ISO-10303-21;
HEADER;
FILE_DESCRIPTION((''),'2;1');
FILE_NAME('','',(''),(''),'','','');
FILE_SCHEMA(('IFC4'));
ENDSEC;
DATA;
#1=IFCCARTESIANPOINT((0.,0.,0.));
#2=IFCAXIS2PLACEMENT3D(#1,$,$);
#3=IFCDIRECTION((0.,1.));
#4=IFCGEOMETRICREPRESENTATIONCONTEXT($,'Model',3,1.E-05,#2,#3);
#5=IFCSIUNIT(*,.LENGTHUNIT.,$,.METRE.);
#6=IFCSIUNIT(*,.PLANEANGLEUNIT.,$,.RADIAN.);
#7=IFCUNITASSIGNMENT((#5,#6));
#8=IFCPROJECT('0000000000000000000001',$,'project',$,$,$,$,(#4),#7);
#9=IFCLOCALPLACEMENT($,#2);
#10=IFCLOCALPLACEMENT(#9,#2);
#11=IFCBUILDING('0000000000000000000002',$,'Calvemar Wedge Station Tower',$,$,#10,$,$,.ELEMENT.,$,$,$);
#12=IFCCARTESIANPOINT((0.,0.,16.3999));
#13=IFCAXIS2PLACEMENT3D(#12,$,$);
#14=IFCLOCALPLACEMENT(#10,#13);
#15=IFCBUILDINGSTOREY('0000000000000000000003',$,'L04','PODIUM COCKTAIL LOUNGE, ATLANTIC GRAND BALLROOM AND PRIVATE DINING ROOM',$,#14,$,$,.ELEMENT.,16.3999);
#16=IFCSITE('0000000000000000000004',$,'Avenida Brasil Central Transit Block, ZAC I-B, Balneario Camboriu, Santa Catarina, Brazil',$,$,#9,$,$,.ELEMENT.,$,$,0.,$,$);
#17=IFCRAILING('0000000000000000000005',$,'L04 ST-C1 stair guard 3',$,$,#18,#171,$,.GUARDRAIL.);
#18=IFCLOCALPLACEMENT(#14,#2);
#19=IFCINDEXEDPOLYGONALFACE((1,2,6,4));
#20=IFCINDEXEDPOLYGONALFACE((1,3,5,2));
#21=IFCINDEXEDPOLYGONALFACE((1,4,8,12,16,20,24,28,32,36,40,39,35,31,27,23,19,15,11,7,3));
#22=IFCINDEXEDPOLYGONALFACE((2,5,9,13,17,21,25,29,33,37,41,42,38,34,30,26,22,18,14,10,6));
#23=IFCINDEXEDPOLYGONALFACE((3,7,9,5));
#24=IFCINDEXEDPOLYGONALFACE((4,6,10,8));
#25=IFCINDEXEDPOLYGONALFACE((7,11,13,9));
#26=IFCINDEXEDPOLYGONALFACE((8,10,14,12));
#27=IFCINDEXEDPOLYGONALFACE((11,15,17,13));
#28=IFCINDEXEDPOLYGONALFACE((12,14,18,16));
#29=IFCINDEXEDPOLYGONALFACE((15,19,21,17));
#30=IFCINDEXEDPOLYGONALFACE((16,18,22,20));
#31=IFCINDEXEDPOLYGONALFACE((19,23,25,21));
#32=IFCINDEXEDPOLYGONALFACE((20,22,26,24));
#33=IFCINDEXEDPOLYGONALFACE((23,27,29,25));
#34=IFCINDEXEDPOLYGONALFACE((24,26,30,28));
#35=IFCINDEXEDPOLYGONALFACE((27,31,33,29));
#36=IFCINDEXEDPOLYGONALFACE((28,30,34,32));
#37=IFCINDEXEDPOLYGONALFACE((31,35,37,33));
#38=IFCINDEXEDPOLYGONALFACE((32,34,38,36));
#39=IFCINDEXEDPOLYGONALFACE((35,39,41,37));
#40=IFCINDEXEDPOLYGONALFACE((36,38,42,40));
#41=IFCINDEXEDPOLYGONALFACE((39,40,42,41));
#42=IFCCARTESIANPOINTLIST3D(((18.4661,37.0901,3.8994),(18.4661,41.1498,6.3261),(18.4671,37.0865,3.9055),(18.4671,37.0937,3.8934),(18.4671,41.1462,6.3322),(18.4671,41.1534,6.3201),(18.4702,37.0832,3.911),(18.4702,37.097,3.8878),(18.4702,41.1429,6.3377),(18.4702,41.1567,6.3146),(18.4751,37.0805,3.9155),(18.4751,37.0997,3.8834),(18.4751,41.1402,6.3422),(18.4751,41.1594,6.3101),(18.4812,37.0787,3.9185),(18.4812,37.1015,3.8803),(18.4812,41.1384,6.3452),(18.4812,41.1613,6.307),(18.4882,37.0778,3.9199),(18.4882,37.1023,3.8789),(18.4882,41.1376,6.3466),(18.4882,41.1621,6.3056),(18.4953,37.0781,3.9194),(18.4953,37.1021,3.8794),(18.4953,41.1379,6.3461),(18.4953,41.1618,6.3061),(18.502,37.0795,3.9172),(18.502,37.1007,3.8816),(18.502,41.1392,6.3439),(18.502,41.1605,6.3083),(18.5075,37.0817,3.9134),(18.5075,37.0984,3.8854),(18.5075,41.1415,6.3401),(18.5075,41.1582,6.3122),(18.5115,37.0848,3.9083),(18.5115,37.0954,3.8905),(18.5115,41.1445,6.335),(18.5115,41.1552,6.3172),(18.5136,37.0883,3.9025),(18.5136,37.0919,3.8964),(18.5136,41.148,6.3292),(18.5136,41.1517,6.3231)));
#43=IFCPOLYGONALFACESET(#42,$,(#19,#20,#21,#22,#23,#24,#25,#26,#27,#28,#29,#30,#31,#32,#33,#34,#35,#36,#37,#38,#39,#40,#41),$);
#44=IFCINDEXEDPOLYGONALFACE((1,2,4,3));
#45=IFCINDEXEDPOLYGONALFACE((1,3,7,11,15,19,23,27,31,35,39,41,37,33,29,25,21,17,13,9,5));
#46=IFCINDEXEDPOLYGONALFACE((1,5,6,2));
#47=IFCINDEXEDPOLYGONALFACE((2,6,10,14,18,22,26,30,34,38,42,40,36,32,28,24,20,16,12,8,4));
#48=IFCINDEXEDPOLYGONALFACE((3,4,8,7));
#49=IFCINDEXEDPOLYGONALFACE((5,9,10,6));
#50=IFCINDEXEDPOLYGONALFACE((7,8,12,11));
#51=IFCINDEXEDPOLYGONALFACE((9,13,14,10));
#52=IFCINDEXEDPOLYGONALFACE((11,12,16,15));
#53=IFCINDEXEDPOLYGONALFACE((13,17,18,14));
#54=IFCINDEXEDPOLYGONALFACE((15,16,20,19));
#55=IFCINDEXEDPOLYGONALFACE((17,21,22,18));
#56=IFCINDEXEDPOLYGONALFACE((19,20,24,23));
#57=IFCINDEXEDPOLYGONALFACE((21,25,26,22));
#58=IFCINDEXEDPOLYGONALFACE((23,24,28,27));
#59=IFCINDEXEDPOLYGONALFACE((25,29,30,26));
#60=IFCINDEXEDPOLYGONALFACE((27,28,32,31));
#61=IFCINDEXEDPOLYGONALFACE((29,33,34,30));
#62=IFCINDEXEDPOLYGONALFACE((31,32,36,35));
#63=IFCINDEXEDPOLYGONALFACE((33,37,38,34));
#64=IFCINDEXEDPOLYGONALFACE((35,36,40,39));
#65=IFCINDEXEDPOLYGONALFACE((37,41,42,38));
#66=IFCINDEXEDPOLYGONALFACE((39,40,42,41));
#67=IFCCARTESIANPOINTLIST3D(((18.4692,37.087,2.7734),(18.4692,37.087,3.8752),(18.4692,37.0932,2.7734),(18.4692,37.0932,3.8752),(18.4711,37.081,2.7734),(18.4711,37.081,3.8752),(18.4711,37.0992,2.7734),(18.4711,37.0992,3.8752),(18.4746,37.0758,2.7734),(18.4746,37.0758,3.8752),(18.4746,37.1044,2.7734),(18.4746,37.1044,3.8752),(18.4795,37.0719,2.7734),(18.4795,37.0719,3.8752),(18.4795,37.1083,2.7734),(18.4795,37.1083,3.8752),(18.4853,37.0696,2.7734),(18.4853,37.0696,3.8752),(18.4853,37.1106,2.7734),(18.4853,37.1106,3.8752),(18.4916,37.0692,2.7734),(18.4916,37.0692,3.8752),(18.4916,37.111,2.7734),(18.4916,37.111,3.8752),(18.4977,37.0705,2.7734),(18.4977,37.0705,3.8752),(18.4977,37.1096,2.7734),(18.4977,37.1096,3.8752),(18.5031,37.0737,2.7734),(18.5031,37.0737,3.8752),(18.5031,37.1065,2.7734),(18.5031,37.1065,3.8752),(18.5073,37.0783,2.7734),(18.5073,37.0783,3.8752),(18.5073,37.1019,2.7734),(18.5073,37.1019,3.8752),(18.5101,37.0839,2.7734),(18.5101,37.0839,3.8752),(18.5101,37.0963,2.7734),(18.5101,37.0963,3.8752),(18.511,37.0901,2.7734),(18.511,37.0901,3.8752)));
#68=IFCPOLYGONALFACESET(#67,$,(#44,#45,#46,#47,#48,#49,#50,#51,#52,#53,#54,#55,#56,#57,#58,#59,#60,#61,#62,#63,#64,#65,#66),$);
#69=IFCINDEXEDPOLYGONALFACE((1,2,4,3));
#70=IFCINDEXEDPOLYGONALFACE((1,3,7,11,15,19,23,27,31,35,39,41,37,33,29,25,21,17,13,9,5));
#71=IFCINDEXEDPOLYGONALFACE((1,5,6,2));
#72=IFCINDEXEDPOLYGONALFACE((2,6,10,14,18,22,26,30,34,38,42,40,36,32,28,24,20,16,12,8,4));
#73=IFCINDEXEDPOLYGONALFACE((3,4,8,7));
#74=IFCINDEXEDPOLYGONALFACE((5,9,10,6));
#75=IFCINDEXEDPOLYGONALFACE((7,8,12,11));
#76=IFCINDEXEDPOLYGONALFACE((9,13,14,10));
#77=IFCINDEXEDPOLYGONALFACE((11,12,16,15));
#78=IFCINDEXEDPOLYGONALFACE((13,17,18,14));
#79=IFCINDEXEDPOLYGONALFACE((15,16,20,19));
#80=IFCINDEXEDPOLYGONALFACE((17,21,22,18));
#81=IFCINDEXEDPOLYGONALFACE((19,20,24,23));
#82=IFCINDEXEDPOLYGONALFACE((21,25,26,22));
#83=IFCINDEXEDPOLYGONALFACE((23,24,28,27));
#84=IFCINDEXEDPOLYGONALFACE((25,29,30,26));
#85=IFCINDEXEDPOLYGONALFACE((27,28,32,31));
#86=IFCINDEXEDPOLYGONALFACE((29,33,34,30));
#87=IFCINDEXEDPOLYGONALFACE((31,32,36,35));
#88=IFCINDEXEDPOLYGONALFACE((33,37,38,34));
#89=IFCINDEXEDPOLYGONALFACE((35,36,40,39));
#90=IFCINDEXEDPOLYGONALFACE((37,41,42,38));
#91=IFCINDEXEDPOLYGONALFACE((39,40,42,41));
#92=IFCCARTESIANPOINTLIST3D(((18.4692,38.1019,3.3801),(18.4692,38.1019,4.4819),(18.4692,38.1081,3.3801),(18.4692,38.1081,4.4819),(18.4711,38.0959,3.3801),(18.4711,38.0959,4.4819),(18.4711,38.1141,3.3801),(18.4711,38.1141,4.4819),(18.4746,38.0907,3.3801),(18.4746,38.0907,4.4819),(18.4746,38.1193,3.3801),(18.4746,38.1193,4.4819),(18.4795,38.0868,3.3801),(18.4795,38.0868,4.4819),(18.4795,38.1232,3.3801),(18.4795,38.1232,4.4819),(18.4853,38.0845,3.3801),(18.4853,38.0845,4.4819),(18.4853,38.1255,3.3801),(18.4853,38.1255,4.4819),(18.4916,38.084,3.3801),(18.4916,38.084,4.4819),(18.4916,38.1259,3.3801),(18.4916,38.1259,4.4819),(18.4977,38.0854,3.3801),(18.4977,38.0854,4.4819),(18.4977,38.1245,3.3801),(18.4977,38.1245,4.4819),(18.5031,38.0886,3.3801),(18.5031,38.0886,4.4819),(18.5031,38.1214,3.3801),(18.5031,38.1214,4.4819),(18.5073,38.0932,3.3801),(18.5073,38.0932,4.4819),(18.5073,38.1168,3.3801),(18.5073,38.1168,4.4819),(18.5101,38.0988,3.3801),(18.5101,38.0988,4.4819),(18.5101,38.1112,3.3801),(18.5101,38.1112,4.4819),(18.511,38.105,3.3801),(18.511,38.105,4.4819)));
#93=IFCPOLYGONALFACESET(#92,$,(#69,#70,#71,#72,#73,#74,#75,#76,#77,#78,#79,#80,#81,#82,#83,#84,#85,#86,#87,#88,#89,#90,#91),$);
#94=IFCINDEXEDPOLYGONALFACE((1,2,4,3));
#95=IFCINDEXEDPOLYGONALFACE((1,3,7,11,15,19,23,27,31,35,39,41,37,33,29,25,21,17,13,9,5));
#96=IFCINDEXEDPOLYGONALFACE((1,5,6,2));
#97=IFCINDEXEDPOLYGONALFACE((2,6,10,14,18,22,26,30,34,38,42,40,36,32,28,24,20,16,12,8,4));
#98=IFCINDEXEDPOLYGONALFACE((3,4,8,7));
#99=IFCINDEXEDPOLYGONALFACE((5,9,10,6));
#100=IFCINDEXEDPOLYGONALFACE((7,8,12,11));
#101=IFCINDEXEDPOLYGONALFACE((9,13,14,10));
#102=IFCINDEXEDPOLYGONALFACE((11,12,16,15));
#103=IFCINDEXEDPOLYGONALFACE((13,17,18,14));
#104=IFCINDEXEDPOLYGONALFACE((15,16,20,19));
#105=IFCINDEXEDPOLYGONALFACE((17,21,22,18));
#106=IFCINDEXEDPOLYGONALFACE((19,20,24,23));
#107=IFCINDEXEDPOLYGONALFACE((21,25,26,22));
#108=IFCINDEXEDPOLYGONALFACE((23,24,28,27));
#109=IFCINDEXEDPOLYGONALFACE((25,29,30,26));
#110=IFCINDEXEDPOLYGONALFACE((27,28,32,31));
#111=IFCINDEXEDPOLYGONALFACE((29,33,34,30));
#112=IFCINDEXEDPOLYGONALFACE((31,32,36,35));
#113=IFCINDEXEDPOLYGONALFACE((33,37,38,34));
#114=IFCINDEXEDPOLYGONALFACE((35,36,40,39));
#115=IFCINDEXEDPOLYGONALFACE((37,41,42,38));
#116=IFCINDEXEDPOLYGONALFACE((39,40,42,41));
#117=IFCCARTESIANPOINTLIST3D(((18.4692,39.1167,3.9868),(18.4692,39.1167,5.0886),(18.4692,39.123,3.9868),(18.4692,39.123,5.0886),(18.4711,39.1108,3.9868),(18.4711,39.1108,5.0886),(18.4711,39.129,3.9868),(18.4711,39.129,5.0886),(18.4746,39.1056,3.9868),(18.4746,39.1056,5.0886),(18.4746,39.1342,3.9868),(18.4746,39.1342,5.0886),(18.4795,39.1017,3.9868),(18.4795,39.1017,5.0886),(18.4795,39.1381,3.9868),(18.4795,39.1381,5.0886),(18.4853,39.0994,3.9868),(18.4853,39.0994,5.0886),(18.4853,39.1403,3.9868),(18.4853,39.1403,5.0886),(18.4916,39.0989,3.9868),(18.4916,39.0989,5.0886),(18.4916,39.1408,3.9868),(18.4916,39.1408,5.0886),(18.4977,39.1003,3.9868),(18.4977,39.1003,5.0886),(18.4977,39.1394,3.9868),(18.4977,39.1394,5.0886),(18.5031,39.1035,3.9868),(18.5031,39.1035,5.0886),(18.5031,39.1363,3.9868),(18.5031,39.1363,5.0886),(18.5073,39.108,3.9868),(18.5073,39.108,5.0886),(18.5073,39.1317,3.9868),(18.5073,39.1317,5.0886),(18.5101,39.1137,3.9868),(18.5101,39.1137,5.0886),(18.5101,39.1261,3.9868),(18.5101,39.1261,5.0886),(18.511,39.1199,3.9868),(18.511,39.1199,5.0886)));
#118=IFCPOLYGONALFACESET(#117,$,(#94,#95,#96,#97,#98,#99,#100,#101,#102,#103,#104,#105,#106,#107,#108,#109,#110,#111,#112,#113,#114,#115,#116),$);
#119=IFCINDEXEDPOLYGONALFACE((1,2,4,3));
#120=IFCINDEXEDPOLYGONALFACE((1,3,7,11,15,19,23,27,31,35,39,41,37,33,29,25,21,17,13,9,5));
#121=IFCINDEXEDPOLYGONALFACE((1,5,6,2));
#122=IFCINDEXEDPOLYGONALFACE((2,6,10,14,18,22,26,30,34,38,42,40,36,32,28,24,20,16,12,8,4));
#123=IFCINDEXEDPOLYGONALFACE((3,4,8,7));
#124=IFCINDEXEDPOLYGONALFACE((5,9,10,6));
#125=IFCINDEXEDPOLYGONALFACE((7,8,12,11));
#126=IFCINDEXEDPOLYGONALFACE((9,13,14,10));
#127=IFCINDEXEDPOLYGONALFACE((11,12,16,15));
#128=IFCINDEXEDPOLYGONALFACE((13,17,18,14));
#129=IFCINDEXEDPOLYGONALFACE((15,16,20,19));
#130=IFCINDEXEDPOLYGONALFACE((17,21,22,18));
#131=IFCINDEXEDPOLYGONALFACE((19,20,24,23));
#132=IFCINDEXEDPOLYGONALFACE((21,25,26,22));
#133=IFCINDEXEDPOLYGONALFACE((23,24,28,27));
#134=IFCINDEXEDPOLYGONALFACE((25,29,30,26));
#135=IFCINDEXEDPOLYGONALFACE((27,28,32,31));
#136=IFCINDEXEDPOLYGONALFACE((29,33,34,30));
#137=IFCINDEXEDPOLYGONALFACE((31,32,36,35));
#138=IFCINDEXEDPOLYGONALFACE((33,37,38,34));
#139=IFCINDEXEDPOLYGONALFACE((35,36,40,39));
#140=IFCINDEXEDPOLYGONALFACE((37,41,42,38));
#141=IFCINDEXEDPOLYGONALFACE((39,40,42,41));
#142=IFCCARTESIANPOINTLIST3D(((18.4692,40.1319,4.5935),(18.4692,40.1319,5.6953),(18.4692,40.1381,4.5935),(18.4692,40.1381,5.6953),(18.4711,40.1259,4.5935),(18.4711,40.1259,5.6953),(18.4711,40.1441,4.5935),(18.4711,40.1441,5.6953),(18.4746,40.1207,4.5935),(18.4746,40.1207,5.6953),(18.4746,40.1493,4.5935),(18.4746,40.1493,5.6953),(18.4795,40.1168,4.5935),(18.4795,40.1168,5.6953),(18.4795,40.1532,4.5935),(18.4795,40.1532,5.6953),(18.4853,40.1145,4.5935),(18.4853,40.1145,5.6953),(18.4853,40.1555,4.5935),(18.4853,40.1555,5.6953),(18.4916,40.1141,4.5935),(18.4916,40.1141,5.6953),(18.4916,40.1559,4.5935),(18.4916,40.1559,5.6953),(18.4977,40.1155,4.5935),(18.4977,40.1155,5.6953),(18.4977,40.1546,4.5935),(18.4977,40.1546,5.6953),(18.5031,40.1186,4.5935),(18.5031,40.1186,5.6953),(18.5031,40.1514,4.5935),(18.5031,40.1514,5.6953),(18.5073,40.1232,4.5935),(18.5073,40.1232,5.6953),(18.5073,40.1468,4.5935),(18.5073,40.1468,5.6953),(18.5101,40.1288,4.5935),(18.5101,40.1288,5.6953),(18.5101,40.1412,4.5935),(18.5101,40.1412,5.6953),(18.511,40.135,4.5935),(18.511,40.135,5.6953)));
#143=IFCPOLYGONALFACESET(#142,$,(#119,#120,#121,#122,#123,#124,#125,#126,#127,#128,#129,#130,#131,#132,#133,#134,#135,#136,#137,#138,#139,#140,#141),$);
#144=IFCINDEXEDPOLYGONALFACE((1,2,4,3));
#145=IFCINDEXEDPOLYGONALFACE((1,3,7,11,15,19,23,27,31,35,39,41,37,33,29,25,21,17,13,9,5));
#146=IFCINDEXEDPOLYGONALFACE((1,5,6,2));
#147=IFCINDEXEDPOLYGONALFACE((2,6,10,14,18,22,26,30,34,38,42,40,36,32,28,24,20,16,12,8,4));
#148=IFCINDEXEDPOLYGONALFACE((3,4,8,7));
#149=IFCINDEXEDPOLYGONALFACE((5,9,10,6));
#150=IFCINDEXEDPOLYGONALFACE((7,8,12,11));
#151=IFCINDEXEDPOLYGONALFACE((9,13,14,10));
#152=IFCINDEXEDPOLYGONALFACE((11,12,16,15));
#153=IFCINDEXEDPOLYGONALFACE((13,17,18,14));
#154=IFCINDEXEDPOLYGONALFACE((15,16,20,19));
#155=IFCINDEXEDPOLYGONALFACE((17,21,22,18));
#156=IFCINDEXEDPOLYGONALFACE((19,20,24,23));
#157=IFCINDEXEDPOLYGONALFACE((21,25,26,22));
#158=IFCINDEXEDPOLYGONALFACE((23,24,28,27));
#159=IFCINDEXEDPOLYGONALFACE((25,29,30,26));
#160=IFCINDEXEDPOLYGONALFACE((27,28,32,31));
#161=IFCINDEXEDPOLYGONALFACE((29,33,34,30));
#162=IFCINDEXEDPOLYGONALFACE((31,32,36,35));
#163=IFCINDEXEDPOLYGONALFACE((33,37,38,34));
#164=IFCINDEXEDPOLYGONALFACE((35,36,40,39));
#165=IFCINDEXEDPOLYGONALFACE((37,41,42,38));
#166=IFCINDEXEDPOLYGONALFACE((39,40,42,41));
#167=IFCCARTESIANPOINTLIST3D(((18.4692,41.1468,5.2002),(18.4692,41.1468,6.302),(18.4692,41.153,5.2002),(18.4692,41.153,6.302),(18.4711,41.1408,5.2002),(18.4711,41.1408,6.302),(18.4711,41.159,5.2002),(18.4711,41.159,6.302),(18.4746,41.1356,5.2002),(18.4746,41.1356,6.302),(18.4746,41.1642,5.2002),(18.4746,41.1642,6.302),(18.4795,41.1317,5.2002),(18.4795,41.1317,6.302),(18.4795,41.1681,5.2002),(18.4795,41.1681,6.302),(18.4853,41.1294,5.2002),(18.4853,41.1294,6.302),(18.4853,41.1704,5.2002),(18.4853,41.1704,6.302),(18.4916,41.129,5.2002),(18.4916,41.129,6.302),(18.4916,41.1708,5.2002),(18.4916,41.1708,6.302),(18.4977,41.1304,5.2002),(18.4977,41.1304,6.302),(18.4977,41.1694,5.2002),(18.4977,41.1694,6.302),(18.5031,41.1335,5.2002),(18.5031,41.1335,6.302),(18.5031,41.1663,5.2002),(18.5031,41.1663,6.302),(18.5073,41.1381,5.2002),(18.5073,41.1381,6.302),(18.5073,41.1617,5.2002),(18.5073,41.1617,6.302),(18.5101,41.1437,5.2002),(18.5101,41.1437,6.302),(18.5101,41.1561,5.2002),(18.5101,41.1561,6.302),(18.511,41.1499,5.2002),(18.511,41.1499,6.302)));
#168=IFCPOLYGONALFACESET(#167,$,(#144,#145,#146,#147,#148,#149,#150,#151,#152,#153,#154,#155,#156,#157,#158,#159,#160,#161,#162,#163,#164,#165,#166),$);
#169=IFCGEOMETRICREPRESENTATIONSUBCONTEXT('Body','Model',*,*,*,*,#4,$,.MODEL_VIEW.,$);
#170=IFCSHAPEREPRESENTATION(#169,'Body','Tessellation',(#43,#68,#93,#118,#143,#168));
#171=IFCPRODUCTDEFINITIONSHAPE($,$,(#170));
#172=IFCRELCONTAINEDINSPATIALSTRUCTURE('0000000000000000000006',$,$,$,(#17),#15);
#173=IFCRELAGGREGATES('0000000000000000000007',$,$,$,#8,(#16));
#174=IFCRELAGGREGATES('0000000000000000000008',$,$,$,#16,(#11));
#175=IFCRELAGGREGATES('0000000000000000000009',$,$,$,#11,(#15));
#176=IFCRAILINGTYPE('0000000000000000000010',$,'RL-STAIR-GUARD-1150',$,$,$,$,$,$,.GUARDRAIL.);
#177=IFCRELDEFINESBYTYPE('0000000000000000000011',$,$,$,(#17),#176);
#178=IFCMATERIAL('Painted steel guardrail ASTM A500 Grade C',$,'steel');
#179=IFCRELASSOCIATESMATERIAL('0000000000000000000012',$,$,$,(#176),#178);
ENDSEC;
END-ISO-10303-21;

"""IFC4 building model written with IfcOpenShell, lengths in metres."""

from ifc_helpers import new_model, si_unit, direction, frame, origin, origin_2d, place, context, subcontext, project, spatial, circle, extrude, material, type_object, element, save


model = new_model("IFC4")

# Units and contexts
model_context = context("Model", 3, precision=1e-05, world=origin(), true_north=direction((0.0, 1.0)))
body_context = subcontext(model_context, "Body", "Model", "MODEL_VIEW")
ifc_project = project(units=[si_unit("LENGTHUNIT", "METRE"), si_unit("PLANEANGLEUNIT", "RADIAN")], contexts=[model_context])

# Site, building, storey
site_placement = place(None, origin())
site = spatial("IfcSite", under=ifc_project, at=site_placement, Name="Avenida Brasil Central Transit Block, ZAC I-B, Balneario Camboriu, Santa Catarina, Brazil", CompositionType="ELEMENT", RefElevation=0.0)
building_placement = place(site_placement, origin())
building = spatial("IfcBuilding", under=site, at=building_placement, Name="Calvemar Wedge Station Tower", CompositionType="ELEMENT")
storey_placement = place(building_placement, frame((0.0, 0.0, 16.3999)))
storey = spatial("IfcBuildingStorey", under=building, at=storey_placement, Name="L04", Description="PODIUM COCKTAIL LOUNGE, ATLANTIC GRAND BALLROOM AND PRIVATE DINING ROOM", CompositionType="ELEMENT", Elevation=16.3999)

# Railing
ifc_material_1 = material(Name="Painted steel guardrail ASTM A500 Grade C", Category="steel")
railing_type_1 = type_object("IfcRailingType", Name="RL-STAIR-GUARD-1150", PredefinedType="GUARDRAIL", material=ifc_material_1)
railing_1_placement = place(storey_placement, frame((18.49, 37.0901, 2.7734)))
element("IfcRailing", 1, at=railing_1_placement, inside=storey, type_object=railing_type_1, Name="L04 ST-C1 stair guard 3", PredefinedType="GUARDRAIL", context=body_context, shape_type="SweptSolid", body=[
    extrude(circle(Radius=0.0239, at=origin_2d()), frame((0.0, 0.0, 1.126), z_axis=(0.0, 0.858343, 0.513076), x_axis=(-1.0, 0.0, 0.0)), (0.0, 0.0, 1.0), 4.7297),
    extrude(circle(Radius=0.021, at=origin_2d()), origin(), (0.0, 0.0, 1.0), 1.1018),
    extrude(circle(Radius=0.021, at=origin_2d()), frame((0.0, 1.0149, 0.6067)), (0.0, 0.0, 1.0), 1.1018),
    extrude(circle(Radius=0.021, at=origin_2d()), frame((0.0, 2.0298, 1.2134)), (0.0, 0.0, 1.0), 1.1018),
    extrude(circle(Radius=0.021, at=origin_2d()), frame((0.0, 3.0449, 1.8201)), (0.0, 0.0, 1.0), 1.1018),
    extrude(circle(Radius=0.021, at=origin_2d()), frame((0.0, 4.0598, 2.4268)), (0.0, 0.0, 1.0), 1.1018),
])

save(model, "model.ifc")
